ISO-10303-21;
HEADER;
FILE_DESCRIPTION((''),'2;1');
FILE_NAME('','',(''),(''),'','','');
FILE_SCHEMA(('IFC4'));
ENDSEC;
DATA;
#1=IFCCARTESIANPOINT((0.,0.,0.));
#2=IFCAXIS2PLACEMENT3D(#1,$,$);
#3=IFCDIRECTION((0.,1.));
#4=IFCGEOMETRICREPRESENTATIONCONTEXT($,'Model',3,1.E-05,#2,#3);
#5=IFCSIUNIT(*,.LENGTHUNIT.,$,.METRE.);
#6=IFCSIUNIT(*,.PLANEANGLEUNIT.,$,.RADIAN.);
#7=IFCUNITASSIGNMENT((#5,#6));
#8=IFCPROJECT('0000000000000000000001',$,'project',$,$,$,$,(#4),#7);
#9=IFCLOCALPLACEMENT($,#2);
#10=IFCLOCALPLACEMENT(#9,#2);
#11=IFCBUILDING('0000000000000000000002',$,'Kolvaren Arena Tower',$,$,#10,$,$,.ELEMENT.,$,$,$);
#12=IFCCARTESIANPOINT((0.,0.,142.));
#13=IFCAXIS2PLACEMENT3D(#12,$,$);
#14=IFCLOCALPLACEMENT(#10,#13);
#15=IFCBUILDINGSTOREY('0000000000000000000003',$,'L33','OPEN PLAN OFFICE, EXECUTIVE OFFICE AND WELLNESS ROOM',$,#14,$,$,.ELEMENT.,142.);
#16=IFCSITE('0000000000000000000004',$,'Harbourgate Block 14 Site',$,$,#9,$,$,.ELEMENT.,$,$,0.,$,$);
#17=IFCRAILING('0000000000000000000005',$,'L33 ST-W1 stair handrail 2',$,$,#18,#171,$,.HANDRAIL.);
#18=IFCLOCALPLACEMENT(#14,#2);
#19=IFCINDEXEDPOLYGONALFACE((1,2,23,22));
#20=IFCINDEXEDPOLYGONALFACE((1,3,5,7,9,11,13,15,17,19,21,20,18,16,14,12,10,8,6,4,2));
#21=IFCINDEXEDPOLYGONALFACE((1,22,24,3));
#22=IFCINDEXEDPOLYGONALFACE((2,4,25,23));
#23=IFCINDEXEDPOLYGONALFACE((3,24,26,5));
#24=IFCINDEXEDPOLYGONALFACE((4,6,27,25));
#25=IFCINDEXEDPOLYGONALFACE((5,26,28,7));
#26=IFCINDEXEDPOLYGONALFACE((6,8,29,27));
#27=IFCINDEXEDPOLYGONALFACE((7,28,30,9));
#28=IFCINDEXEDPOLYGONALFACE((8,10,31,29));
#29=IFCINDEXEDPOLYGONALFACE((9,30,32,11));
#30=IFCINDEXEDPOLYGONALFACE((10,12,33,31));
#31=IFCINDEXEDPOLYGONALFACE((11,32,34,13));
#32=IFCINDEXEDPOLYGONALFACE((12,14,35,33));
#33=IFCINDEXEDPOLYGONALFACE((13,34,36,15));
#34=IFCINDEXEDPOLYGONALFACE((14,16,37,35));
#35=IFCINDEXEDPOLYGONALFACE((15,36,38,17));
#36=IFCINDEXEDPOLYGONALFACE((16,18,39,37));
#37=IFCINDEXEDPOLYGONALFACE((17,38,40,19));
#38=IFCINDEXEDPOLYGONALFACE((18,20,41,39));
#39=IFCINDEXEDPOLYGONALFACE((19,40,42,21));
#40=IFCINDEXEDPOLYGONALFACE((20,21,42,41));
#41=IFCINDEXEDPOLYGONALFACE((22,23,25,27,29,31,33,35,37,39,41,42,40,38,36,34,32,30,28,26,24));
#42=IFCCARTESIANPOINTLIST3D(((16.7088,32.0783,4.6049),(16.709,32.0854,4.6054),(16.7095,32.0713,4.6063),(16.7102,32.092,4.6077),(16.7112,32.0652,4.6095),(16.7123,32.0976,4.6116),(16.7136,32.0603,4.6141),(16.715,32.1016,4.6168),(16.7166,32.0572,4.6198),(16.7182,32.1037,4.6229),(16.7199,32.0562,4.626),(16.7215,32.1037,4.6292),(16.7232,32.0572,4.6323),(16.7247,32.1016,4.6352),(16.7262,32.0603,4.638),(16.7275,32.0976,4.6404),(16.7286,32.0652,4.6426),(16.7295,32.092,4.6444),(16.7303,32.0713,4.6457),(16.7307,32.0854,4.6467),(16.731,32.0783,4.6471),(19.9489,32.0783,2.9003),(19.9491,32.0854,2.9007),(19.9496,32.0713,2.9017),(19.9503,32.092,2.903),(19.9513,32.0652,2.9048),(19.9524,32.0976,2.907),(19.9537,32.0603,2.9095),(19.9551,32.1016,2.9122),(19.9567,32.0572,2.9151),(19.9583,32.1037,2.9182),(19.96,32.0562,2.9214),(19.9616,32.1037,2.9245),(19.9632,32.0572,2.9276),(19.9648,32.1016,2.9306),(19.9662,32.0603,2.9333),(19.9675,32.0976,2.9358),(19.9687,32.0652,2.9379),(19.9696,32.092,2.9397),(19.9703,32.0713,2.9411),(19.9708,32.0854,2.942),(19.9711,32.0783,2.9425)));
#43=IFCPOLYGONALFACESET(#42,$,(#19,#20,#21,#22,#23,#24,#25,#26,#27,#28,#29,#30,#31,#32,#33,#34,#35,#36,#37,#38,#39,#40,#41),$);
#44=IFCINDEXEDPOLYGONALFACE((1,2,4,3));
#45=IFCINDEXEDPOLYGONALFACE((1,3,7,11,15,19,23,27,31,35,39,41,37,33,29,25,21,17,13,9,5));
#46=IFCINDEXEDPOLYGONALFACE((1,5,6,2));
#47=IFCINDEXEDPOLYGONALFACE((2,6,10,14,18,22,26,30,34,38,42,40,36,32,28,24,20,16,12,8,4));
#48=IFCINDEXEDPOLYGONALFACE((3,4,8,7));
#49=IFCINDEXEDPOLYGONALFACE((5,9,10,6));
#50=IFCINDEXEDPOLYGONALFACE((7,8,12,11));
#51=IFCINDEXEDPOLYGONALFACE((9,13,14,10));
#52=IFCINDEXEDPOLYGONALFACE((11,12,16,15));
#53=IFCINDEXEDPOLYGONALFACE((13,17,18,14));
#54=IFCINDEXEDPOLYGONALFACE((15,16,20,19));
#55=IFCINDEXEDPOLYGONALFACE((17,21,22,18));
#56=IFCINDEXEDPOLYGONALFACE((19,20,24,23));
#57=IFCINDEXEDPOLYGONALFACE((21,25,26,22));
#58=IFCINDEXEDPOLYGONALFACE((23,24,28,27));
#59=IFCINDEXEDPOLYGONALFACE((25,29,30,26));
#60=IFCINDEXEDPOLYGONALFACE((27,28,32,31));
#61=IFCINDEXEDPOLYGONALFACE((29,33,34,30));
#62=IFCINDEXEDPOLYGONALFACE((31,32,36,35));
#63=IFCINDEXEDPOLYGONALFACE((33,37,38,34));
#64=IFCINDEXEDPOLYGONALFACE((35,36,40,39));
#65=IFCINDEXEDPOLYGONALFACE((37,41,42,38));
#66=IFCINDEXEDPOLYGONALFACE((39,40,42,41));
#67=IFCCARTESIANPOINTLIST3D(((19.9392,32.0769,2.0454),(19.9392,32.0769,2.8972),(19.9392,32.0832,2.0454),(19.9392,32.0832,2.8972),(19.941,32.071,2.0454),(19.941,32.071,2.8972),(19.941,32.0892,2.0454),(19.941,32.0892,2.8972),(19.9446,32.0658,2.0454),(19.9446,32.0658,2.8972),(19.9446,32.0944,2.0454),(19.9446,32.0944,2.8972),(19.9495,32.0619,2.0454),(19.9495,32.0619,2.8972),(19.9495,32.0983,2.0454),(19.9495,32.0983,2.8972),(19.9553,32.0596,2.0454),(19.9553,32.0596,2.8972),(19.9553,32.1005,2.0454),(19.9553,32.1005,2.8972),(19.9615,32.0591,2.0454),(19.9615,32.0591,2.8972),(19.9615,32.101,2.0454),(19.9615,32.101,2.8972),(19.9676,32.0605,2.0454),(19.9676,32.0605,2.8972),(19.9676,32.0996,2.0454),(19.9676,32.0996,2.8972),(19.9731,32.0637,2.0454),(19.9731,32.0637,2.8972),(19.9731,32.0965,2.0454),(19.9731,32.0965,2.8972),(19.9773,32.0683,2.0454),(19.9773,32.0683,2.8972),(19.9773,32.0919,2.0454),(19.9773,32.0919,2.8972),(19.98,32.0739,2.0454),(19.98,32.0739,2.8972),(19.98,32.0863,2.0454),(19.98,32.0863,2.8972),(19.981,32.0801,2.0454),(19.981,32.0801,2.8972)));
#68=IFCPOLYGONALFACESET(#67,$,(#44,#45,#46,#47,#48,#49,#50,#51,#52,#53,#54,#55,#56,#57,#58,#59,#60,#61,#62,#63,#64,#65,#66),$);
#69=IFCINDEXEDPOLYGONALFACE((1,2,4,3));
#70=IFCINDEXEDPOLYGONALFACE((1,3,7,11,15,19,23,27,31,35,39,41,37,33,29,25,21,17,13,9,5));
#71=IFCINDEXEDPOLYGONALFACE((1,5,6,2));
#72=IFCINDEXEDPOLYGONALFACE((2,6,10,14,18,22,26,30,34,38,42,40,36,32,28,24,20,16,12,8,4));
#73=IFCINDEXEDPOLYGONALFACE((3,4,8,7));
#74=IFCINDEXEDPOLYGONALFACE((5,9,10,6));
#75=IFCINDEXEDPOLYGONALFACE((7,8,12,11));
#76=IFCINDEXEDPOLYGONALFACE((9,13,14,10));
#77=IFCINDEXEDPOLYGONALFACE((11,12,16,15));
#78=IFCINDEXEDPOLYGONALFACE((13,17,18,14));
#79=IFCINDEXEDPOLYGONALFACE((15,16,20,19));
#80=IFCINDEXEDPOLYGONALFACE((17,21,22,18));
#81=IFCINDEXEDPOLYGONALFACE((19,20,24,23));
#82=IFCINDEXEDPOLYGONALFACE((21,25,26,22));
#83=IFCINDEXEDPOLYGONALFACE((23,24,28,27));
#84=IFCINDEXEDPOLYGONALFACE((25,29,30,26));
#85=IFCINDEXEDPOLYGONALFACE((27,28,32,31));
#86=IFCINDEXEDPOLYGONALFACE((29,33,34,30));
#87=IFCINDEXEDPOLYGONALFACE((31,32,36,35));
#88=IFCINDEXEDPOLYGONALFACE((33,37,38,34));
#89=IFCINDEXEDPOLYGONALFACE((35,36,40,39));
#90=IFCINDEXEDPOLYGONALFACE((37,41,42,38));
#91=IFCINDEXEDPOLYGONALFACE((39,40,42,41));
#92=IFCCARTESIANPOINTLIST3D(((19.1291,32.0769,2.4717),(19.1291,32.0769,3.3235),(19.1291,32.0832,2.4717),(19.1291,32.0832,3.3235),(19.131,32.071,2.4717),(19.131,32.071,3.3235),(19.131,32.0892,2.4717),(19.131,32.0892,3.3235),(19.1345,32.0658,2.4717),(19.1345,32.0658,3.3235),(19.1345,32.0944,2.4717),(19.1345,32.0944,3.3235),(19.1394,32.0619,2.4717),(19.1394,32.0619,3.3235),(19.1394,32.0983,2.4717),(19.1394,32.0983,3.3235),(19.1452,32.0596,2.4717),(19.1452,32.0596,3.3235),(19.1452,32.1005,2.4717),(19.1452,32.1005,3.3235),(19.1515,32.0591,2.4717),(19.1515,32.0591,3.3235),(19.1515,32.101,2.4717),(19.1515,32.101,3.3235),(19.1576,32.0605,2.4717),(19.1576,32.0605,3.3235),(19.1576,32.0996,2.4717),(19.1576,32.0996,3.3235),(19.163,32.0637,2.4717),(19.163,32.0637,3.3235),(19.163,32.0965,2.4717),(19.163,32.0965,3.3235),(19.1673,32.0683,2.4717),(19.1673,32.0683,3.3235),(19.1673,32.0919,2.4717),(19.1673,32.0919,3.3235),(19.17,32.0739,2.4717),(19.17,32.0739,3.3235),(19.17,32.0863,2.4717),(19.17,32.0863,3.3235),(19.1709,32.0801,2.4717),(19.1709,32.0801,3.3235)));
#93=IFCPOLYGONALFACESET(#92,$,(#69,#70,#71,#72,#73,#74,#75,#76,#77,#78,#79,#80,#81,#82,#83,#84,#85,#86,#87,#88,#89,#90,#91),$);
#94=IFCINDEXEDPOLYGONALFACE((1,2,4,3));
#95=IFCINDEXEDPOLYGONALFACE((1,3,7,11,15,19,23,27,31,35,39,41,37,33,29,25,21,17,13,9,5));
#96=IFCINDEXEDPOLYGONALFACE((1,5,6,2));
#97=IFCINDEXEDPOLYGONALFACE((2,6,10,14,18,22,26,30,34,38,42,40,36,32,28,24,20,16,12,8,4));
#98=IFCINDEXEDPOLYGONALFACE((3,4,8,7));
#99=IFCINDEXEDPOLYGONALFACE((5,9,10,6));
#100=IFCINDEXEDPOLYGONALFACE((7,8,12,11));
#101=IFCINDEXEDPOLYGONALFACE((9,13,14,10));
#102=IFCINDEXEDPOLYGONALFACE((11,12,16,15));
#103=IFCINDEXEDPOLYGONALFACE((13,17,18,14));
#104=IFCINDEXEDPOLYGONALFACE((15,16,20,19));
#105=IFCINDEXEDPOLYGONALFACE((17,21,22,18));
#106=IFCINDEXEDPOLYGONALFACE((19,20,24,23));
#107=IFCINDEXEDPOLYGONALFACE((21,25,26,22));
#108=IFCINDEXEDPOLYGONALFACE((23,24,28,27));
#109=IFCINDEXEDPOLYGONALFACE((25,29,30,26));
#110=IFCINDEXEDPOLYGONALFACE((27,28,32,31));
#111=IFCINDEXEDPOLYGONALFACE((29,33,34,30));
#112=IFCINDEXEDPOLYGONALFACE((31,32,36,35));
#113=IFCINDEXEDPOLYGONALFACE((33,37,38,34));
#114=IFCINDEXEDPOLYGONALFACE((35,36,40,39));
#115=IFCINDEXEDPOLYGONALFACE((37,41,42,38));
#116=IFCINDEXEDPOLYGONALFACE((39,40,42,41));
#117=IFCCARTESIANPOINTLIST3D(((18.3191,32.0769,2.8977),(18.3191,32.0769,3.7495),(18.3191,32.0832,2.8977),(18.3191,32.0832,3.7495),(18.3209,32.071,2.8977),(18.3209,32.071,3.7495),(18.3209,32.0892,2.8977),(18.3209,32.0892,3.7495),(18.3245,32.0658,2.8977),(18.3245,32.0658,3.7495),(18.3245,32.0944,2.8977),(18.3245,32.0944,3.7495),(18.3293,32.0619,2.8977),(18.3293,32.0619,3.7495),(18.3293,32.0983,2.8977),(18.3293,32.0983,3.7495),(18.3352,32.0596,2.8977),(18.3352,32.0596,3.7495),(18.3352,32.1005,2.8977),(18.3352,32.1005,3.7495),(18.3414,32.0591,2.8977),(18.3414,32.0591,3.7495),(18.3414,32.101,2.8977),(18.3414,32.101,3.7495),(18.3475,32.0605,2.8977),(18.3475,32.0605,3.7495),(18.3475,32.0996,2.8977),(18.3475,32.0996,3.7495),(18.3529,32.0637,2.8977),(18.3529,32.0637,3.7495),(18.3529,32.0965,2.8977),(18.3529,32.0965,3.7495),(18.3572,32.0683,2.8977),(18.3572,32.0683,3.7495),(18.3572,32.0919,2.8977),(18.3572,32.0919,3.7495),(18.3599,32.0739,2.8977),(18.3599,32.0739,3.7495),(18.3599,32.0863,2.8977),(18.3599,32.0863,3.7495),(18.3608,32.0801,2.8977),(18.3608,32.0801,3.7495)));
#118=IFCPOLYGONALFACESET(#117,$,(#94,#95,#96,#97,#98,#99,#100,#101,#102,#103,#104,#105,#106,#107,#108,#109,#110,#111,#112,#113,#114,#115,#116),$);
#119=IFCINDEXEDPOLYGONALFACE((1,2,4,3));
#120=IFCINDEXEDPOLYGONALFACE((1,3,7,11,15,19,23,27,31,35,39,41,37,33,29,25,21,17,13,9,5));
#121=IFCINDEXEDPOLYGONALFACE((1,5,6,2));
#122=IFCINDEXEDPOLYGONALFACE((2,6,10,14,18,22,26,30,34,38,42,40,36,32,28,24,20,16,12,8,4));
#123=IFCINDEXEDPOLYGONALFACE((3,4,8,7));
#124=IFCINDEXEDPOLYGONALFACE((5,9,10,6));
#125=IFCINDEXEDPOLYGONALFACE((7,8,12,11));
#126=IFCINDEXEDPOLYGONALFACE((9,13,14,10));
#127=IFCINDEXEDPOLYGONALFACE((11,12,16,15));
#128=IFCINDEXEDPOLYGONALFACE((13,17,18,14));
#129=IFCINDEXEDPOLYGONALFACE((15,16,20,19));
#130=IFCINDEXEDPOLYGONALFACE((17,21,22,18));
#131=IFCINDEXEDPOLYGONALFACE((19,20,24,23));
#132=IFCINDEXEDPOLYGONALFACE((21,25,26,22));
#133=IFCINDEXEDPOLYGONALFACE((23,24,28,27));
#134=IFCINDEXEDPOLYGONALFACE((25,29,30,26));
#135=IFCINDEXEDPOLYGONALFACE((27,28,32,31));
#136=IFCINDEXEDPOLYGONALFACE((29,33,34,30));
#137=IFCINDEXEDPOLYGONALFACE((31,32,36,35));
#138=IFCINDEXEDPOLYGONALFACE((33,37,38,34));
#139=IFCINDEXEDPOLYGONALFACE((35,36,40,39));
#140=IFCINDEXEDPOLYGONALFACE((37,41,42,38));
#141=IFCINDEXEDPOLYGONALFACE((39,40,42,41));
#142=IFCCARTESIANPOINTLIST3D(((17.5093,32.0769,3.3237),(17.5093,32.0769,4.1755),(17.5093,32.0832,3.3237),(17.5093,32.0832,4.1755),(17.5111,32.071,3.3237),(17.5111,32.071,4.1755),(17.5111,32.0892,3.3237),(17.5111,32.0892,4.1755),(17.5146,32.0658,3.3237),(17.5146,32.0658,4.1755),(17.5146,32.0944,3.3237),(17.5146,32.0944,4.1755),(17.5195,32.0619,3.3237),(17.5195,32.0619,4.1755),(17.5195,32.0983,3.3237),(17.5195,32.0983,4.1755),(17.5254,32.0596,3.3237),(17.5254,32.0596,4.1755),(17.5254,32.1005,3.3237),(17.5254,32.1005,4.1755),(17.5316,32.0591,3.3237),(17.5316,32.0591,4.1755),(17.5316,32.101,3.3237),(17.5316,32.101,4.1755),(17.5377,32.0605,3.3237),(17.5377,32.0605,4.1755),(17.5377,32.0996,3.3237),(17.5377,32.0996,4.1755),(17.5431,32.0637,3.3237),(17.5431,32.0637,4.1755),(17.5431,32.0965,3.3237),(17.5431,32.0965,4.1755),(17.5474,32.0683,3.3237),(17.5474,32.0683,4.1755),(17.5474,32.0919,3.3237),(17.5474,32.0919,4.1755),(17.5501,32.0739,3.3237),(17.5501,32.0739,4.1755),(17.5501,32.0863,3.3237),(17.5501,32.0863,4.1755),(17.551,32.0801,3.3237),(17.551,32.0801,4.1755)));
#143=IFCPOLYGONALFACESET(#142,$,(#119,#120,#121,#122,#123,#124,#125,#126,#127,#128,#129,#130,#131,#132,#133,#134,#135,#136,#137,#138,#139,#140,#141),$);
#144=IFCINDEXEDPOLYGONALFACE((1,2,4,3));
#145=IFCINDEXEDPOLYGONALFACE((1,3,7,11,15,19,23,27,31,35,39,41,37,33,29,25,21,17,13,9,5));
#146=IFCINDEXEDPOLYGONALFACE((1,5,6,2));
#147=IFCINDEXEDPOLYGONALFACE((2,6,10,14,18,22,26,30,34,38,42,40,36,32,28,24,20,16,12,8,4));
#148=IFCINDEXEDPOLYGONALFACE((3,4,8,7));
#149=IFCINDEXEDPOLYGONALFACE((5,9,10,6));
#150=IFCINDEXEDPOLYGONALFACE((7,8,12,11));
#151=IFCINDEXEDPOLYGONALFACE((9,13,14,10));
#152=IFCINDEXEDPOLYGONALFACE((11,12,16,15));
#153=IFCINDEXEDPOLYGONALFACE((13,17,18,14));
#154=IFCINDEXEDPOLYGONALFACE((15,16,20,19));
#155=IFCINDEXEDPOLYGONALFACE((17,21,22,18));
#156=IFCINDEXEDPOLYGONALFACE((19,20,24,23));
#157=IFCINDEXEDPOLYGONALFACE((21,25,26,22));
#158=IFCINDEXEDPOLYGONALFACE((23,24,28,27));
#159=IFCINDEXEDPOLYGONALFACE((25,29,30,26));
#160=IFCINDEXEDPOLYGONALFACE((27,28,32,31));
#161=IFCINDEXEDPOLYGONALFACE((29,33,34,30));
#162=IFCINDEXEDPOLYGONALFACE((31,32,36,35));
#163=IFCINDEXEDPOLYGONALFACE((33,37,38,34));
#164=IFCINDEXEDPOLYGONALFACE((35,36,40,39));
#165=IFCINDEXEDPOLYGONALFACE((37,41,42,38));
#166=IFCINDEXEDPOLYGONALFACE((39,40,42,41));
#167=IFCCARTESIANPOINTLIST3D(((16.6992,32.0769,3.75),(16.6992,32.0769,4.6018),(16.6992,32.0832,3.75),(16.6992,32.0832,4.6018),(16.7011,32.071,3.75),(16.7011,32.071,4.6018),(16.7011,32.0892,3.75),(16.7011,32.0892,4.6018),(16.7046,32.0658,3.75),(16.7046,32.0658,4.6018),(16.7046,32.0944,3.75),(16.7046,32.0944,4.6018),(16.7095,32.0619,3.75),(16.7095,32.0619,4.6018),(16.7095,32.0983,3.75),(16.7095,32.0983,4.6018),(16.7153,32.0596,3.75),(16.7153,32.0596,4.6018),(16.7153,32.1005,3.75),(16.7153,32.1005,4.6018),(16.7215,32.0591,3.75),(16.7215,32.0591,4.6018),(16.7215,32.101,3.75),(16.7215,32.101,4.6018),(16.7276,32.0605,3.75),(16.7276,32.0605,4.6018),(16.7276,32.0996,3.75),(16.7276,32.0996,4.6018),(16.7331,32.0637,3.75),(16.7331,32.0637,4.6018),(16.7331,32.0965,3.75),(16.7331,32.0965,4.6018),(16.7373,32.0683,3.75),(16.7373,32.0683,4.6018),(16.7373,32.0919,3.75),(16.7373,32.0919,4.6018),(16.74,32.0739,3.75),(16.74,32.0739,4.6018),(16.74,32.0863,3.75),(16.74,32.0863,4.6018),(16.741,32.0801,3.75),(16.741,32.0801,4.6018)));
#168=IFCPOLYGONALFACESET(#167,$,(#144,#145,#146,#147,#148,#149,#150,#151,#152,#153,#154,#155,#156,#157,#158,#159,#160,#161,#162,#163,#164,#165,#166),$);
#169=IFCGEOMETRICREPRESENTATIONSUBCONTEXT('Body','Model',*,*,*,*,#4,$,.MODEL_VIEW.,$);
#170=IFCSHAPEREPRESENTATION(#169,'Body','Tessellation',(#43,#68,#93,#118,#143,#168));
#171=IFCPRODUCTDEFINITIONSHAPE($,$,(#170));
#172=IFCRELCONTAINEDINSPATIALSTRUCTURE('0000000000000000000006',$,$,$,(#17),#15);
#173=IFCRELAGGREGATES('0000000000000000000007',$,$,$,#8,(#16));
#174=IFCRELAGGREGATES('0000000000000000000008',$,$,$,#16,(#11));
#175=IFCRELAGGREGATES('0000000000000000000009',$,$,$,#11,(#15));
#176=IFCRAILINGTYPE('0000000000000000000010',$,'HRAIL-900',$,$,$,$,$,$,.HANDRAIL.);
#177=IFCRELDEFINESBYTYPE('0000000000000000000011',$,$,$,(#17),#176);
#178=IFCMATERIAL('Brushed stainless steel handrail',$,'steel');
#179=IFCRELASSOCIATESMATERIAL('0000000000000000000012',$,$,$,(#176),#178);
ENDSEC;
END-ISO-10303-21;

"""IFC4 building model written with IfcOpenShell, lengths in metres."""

from ifc_helpers import new_model, si_unit, direction, frame, origin, origin_2d, place, context, subcontext, project, spatial, circle, extrude, material, type_object, element, save


model = new_model("IFC4")

# Units and contexts
model_context = context("Model", 3, precision=1e-05, world=origin(), true_north=direction((0.0, 1.0)))
body_context = subcontext(model_context, "Body", "Model", "MODEL_VIEW")
ifc_project = project(units=[si_unit("LENGTHUNIT", "METRE"), si_unit("PLANEANGLEUNIT", "RADIAN")], contexts=[model_context])

# Site, building, storey
site_placement = place(None, origin())
site = spatial("IfcSite", under=ifc_project, at=site_placement, Name="Harbourgate Block 14 Site", CompositionType="ELEMENT", RefElevation=0.0)
building_placement = place(site_placement, origin())
building = spatial("IfcBuilding", under=site, at=building_placement, Name="Kolvaren Arena Tower", CompositionType="ELEMENT")
storey_placement = place(building_placement, frame((0.0, 0.0, 142.0)))
storey = spatial("IfcBuildingStorey", under=building, at=storey_placement, Name="L33", Description="OPEN PLAN OFFICE, EXECUTIVE OFFICE AND WELLNESS ROOM", CompositionType="ELEMENT", Elevation=142.0)

# Railing
ifc_material_1 = material(Name="Brushed stainless steel handrail", Category="steel")
railing_type_1 = type_object("IfcRailingType", Name="HRAIL-900", PredefinedType="HANDRAIL", material=ifc_material_1)
railing_1_placement = place(storey_placement, frame((19.96, 32.0801, 2.0454)))
element("IfcRailing", 1, at=railing_1_placement, inside=storey, type_object=railing_type_1, Name="L33 ST-W1 stair handrail 2", PredefinedType="HANDRAIL", context=body_context, shape_type="SweptSolid", body=[
    extrude(circle(Radius=0.0239, at=origin_2d()), frame((0.0, 0.0, 0.876), z_axis=(-0.884993, 0.0, 0.465604), x_axis=(0.0, -1.0, 0.0)), (0.0, 0.0, 1.0), 3.6611),
    extrude(circle(Radius=0.021, at=origin_2d()), origin(), (0.0, 0.0, 1.0), 0.8518),
    extrude(circle(Radius=0.021, at=origin_2d()), frame((-0.8101, 0.0, 0.4263)), (0.0, 0.0, 1.0), 0.8518),
    extrude(circle(Radius=0.021, at=origin_2d()), frame((-1.6201, 0.0, 0.8523)), (0.0, 0.0, 1.0), 0.8518),
    extrude(circle(Radius=0.021, at=origin_2d()), frame((-2.4299, 0.0, 1.2783)), (0.0, 0.0, 1.0), 0.8518),
    extrude(circle(Radius=0.021, at=origin_2d()), frame((-3.24, 0.0, 1.7046)), (0.0, 0.0, 1.0), 0.8518),
])

save(model, "model.ifc")
